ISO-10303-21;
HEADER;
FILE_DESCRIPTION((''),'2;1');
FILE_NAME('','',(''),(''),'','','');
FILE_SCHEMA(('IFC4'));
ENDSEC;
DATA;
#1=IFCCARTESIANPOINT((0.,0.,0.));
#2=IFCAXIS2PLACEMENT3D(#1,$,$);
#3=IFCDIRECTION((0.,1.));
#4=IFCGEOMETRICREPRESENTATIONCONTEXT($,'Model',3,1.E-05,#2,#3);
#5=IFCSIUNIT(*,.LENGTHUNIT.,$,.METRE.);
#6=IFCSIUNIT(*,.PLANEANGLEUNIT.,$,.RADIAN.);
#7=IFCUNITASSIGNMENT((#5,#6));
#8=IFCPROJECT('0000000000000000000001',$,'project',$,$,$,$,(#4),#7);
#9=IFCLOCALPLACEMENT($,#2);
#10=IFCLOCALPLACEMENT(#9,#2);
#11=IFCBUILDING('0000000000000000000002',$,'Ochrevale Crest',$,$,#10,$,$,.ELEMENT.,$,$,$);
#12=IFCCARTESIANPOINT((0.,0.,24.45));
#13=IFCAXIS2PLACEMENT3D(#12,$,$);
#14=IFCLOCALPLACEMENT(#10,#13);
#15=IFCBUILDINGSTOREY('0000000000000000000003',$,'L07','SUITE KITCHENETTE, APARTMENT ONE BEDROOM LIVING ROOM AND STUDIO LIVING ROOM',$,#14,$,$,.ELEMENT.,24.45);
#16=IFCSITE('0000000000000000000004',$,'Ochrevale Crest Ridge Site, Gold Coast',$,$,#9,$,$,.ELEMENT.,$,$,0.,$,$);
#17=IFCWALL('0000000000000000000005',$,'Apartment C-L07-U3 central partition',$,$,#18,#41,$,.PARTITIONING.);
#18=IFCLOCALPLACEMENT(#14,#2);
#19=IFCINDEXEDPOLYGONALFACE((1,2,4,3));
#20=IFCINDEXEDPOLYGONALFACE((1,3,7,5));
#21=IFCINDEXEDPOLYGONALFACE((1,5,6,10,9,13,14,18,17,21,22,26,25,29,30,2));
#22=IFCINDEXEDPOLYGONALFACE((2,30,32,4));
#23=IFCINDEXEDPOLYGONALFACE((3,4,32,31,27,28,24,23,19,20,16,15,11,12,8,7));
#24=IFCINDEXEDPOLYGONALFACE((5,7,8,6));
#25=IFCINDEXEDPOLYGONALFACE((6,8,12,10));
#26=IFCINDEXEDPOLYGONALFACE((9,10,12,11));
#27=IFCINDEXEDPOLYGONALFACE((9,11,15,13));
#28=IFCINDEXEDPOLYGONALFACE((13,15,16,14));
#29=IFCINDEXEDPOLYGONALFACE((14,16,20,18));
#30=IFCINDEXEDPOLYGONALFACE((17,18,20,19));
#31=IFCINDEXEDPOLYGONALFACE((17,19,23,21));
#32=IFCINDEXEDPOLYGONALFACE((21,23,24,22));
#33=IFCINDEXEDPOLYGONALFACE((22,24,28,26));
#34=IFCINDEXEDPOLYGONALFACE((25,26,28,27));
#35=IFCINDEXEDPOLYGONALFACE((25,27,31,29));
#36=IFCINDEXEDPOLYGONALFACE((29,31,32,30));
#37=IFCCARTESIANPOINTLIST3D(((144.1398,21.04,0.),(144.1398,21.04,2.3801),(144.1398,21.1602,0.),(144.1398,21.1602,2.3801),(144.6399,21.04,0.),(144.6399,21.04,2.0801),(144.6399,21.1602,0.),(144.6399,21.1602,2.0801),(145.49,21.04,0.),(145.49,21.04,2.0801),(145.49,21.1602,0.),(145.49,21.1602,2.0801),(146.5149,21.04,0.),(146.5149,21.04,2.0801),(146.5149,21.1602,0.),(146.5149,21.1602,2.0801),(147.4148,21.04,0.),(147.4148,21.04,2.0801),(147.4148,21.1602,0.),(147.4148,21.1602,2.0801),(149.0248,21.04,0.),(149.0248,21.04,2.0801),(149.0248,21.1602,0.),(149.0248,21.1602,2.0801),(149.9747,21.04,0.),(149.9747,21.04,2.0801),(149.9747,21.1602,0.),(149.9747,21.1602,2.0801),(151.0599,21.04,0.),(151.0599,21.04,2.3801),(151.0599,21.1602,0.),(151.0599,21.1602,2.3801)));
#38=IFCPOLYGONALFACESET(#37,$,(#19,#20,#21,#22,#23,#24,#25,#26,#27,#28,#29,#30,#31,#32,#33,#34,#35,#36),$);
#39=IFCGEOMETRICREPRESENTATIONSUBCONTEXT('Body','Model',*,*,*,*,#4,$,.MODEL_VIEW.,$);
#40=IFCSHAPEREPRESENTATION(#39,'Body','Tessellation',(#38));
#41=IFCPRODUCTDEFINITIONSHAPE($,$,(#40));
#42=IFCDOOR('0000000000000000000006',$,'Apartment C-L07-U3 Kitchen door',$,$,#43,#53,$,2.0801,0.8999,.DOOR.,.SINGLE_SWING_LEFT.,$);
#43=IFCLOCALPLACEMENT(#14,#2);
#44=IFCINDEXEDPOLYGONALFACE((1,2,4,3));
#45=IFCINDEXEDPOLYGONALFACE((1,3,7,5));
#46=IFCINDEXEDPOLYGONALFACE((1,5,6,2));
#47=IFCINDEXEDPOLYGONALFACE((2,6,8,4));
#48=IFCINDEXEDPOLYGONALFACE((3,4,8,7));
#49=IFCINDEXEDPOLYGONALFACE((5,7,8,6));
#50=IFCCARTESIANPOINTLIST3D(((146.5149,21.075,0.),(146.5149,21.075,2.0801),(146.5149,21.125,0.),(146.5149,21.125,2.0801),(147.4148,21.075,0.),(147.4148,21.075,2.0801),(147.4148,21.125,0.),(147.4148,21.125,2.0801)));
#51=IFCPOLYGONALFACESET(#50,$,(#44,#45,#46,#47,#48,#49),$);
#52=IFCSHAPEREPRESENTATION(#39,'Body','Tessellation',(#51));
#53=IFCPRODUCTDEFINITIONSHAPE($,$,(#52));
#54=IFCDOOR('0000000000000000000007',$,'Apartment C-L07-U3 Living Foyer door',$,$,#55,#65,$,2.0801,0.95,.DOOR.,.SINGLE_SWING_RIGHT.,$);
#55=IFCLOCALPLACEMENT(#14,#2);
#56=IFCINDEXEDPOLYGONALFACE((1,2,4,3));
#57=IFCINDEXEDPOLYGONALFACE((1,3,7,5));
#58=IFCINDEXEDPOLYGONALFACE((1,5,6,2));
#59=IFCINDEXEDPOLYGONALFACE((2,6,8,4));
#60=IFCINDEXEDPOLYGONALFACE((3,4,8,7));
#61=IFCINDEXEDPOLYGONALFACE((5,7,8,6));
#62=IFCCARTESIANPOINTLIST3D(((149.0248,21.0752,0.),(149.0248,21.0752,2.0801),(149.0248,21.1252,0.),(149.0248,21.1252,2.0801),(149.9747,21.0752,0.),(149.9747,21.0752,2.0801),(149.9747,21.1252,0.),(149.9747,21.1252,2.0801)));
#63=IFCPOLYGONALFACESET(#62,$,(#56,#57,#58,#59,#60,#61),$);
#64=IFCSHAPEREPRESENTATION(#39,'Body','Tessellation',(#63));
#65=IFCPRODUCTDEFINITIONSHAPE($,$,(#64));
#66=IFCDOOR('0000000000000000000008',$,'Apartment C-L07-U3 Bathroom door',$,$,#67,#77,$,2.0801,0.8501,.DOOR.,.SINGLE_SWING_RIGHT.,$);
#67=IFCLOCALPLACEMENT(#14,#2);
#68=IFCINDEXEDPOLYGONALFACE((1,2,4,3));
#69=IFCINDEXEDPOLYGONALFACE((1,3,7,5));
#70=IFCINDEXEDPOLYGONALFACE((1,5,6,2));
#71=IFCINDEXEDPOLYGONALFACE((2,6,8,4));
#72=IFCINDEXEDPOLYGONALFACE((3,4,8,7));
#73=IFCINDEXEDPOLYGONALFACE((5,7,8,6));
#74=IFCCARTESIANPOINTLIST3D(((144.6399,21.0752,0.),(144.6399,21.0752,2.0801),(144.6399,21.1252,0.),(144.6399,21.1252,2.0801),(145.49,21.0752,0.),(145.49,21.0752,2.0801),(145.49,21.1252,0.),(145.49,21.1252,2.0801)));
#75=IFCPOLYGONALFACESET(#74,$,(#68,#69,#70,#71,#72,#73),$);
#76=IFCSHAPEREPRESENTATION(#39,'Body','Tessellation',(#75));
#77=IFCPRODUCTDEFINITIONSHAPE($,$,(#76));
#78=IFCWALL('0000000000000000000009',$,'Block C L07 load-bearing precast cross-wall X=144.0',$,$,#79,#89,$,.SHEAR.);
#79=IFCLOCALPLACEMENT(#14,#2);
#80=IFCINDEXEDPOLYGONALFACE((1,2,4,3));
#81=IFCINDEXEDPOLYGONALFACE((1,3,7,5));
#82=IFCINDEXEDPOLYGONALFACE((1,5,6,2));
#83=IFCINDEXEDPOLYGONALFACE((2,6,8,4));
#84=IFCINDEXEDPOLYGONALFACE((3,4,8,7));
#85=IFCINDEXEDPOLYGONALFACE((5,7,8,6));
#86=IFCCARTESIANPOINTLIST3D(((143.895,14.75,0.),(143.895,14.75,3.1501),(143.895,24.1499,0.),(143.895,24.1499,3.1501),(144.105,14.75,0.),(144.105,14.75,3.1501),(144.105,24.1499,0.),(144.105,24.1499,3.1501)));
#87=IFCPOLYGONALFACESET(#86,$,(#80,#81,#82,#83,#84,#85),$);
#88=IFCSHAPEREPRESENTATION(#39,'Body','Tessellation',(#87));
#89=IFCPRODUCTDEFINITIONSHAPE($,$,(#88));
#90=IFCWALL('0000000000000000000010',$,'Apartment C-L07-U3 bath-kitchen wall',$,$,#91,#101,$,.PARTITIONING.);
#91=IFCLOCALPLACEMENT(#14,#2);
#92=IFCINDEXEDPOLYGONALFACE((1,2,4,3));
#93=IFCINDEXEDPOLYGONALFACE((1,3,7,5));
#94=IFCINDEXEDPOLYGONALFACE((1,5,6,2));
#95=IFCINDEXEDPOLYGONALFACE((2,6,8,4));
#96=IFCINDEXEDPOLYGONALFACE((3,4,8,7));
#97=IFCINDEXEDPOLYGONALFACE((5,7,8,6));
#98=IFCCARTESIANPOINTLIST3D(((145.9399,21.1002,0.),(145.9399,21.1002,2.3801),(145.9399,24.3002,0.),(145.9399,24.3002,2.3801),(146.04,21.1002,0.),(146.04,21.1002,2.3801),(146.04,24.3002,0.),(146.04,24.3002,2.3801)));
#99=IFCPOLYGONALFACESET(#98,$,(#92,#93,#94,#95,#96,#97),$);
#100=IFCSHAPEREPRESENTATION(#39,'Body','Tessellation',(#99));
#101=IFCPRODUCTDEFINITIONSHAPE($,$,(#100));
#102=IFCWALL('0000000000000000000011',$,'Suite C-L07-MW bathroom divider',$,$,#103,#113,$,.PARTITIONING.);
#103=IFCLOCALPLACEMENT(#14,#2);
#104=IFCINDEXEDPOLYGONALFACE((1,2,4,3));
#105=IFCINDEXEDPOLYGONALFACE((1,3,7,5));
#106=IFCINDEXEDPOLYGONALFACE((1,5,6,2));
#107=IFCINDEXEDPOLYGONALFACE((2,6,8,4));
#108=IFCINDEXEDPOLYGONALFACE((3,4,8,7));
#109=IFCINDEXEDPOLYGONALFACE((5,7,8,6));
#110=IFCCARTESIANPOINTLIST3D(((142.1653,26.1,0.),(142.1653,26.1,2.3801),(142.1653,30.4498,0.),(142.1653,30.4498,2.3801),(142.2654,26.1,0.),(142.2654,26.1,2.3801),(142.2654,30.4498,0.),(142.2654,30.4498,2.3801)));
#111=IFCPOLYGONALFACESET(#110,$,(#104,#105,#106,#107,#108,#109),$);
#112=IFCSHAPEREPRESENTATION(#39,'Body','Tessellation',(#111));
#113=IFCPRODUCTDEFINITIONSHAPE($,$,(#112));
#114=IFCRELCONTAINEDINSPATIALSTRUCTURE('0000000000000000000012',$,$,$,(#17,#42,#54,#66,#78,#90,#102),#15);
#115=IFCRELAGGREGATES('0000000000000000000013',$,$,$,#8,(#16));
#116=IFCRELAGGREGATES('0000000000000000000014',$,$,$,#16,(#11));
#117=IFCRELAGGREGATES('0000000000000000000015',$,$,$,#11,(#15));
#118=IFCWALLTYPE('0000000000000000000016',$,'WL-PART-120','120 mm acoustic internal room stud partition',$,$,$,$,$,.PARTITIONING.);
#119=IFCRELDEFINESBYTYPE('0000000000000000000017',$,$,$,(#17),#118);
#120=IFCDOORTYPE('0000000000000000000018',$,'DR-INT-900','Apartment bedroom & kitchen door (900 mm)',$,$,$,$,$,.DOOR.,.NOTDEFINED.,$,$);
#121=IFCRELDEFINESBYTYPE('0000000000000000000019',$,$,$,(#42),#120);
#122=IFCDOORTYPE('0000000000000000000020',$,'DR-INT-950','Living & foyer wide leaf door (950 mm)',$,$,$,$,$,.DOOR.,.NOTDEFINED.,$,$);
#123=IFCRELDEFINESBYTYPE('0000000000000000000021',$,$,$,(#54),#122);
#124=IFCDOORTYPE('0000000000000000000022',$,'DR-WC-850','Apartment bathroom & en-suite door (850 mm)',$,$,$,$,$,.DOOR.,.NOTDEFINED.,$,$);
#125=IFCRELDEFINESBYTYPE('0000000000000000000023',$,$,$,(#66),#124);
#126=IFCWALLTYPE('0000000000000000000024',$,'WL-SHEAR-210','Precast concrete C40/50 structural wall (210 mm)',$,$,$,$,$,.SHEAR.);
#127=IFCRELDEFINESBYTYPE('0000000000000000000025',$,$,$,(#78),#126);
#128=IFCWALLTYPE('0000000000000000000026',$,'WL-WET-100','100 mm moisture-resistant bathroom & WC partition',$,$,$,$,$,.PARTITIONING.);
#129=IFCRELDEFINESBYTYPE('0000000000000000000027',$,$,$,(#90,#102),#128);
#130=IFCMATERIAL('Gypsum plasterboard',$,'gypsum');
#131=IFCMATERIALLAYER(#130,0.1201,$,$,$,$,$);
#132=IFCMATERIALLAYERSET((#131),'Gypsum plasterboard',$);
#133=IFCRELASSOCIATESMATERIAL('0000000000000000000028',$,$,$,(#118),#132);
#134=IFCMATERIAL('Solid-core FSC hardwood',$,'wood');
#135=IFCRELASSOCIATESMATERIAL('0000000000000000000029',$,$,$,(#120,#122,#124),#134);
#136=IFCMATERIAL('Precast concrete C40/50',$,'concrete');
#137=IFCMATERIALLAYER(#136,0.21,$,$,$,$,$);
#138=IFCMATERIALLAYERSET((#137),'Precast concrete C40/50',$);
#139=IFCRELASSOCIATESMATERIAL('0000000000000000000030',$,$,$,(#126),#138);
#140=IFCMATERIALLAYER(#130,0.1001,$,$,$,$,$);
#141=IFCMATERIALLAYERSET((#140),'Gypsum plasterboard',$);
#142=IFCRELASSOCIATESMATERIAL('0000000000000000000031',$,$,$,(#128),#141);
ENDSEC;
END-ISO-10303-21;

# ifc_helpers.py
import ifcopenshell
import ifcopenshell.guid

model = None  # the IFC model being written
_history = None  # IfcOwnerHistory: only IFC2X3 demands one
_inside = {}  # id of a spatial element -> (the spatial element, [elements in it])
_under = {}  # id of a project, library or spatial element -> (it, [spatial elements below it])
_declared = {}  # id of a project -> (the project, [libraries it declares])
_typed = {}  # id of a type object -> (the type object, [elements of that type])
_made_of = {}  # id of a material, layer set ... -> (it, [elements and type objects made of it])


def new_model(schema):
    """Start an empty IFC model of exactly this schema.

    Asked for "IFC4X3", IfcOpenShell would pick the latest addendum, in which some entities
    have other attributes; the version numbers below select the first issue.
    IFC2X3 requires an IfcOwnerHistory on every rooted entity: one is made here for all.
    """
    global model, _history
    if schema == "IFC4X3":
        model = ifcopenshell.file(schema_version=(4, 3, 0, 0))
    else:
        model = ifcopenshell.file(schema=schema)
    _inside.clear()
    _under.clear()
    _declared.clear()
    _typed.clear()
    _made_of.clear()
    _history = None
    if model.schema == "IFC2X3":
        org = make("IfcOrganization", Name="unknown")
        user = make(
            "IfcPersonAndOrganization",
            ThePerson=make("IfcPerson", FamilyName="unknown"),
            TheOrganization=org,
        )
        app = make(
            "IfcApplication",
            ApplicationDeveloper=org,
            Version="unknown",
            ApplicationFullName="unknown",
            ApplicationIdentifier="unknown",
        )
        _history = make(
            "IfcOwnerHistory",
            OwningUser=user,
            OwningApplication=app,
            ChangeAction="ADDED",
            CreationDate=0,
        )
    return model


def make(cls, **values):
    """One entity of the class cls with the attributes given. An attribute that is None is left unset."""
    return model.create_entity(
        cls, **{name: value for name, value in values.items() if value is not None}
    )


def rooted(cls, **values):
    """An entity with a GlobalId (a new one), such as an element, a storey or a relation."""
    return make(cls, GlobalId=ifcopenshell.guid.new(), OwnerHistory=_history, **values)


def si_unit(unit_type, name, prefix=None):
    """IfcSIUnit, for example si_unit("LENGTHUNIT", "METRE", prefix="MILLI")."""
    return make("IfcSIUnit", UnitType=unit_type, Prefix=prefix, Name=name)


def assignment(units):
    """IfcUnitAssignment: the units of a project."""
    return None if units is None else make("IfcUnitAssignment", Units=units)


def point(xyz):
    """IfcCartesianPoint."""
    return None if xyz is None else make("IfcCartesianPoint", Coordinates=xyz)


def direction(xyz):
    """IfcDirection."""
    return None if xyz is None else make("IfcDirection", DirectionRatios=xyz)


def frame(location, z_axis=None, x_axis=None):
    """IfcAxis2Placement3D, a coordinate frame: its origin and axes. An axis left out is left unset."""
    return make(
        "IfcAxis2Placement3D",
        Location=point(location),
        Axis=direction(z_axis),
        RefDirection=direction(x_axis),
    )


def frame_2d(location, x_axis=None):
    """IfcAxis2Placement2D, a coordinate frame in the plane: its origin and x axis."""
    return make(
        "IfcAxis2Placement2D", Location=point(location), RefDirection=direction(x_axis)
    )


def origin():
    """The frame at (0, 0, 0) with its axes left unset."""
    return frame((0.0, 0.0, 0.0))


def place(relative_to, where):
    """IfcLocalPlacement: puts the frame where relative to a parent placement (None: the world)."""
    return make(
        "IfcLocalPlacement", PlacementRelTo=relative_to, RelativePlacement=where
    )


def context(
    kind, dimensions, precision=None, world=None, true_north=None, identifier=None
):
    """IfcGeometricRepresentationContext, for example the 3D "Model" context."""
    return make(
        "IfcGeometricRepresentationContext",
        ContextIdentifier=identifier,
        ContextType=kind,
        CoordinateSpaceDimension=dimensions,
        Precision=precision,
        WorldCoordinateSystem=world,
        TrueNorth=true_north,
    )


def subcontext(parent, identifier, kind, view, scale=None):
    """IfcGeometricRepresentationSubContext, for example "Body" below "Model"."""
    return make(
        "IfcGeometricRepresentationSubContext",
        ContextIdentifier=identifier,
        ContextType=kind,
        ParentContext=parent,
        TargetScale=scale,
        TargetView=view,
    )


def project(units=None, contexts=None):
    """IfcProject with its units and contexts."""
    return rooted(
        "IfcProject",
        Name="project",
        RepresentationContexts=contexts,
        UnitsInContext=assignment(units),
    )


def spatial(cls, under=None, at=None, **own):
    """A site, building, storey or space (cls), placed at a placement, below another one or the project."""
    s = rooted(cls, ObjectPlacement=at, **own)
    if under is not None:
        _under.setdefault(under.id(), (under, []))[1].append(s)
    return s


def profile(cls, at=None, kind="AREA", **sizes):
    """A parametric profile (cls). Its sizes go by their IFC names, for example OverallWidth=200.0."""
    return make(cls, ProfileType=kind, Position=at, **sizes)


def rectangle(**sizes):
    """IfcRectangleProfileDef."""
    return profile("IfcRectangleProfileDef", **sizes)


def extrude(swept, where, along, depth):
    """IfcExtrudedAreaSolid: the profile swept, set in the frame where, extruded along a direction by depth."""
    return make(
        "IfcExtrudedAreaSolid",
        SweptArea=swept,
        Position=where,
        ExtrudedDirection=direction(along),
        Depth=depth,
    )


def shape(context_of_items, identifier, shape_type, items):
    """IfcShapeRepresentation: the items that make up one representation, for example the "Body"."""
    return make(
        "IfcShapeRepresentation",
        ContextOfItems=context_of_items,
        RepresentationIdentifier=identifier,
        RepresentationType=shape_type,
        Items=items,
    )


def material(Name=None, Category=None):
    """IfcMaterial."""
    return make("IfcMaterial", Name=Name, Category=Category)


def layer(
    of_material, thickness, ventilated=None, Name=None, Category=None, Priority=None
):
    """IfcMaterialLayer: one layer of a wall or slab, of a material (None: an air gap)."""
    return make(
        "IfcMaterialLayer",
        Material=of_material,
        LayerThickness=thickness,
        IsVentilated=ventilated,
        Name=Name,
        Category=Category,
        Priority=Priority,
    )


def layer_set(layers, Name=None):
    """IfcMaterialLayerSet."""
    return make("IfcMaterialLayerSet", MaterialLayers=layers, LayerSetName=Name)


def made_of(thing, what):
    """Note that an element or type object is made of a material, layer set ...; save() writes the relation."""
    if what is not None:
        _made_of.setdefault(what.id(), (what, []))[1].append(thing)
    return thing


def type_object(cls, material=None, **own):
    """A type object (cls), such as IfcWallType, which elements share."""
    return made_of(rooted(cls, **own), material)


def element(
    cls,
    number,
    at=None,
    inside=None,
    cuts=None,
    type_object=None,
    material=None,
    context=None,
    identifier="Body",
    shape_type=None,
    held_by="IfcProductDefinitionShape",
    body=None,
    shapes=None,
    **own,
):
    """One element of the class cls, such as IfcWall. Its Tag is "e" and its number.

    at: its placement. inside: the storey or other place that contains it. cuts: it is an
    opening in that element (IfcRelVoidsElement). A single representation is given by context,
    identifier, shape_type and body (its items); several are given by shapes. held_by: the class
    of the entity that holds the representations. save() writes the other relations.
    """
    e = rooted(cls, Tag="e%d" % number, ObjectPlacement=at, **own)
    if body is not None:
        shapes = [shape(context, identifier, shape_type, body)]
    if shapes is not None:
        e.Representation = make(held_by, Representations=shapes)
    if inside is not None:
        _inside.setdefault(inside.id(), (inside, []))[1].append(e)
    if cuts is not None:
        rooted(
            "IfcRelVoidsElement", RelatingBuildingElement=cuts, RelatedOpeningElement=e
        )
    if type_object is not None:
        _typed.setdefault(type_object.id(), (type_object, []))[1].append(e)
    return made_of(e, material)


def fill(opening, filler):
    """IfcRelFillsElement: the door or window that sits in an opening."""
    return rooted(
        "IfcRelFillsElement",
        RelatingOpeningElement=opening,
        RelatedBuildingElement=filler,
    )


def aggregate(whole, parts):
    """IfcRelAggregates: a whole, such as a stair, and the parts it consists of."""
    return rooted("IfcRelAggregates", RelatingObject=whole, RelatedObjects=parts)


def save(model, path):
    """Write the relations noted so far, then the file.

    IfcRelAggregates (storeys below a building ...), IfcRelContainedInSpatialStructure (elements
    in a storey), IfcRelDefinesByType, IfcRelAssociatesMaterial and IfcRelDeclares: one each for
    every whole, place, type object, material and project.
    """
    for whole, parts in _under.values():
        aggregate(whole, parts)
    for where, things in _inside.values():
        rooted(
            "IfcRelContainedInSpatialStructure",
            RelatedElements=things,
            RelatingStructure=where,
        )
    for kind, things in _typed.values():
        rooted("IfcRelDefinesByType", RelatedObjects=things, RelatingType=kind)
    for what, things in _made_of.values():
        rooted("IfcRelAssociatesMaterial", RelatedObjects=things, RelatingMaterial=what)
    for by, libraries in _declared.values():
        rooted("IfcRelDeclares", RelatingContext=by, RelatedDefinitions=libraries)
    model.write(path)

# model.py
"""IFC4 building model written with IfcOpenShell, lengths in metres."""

from ifc_helpers import new_model, si_unit, direction, frame, frame_2d, origin, place, context, subcontext, project, spatial, rectangle, extrude, material, layer, layer_set, type_object, element, fill, save


model = new_model("IFC4")

# Units and contexts
model_context = context("Model", 3, precision=1e-05, world=origin(), true_north=direction((0.0, 1.0)))
body_context = subcontext(model_context, "Body", "Model", "MODEL_VIEW")
ifc_project = project(units=[si_unit("LENGTHUNIT", "METRE"), si_unit("PLANEANGLEUNIT", "RADIAN")], contexts=[model_context])

# Site, building, storey
site_placement = place(None, origin())
site = spatial("IfcSite", under=ifc_project, at=site_placement, Name="Ochrevale Crest Ridge Site, Gold Coast", CompositionType="ELEMENT", RefElevation=0.0)
building_placement = place(site_placement, origin())
building = spatial("IfcBuilding", under=site, at=building_placement, Name="Ochrevale Crest", CompositionType="ELEMENT")
storey_placement = place(building_placement, frame((0.0, 0.0, 24.45)))
storey = spatial("IfcBuildingStorey", under=building, at=storey_placement, Name="L07", Description="SUITE KITCHENETTE, APARTMENT ONE BEDROOM LIVING ROOM AND STUDIO LIVING ROOM", CompositionType="ELEMENT", Elevation=24.45)

# Shared definitions
ifc_material_1 = material(Name="Gypsum plasterboard", Category="gypsum")
ifc_material_2 = material(Name="Solid-core FSC hardwood", Category="wood")

# Shared definitions
ifc_layer_1 = layer(ifc_material_1, 0.1201)
ifc_layer_set_1 = layer_set([ifc_layer_1], Name="Gypsum plasterboard")
wall_type_1 = type_object("IfcWallType", Name="WL-PART-120", Description="120 mm acoustic internal room stud partition", PredefinedType="PARTITIONING", material=ifc_layer_set_1)

# Wall, openings, doors
wall_1_placement = place(storey_placement, frame((144.1399, 21.1001, 0.0), z_axis=(0.0, 0.0, 1.0), x_axis=(1.0, 0.0, 0.0)))
wall_1 = element("IfcWall", 1, at=wall_1_placement, inside=storey, type_object=wall_type_1, Name="Apartment C-L07-U3 central partition", PredefinedType="PARTITIONING", context=body_context, shape_type="SweptSolid", body=[
    extrude(rectangle(XDim=6.9202, YDim=0.1201, at=frame_2d((3.46, 0.0))), origin(), (0.0, 0.0, 1.0), 2.3801),
])
opening_1_placement = place(wall_1_placement, frame((1.3501, 0.0, 0.0), z_axis=(0.0, 0.0, 1.0), x_axis=(-1.0, 0.0, 0.0)))
opening_1 = element("IfcOpeningElement", 2, at=opening_1_placement, cuts=wall_1, PredefinedType="OPENING", context=body_context, shape_type="SweptSolid", body=[
    extrude(rectangle(XDim=0.8501, YDim=2.0801, at=frame_2d((0.425, 1.04))), frame((0.0, 0.0701, 0.0), z_axis=(0.0, -1.0, 0.0), x_axis=(1.0, 0.0, 0.0)), (0.0, 0.0, 1.0), 0.1401),
])
opening_2_placement = place(wall_1_placement, frame((2.375, 0.0, 0.0)))
opening_2 = element("IfcOpeningElement", 3, at=opening_2_placement, cuts=wall_1, PredefinedType="OPENING", context=body_context, shape_type="SweptSolid", body=[
    extrude(rectangle(XDim=0.8999, YDim=2.0801, at=frame_2d((0.45, 1.04))), frame((0.0, 0.0701, 0.0), z_axis=(0.0, -1.0, 0.0), x_axis=(1.0, 0.0, 0.0)), (0.0, 0.0, 1.0), 0.1401),
])
opening_3_placement = place(wall_1_placement, frame((5.835, 0.0, 0.0), z_axis=(0.0, 0.0, 1.0), x_axis=(-1.0, 0.0, 0.0)))
opening_3 = element("IfcOpeningElement", 4, at=opening_3_placement, cuts=wall_1, PredefinedType="OPENING", context=body_context, shape_type="SweptSolid", body=[
    extrude(rectangle(XDim=0.95, YDim=2.0801, at=frame_2d((0.4751, 1.04))), frame((0.0, 0.0701, 0.0), z_axis=(0.0, -1.0, 0.0), x_axis=(1.0, 0.0, 0.0)), (0.0, 0.0, 1.0), 0.1401),
])
door_type_1 = type_object("IfcDoorType", Name="DR-INT-900", Description="Apartment bedroom & kitchen door (900 mm)", OperationType="NOTDEFINED", PredefinedType="DOOR", material=ifc_material_2)
door_1_placement = place(opening_2_placement, origin())
door_1 = element("IfcDoor", 5, at=door_1_placement, inside=storey, type_object=door_type_1, Name="Apartment C-L07-U3 Kitchen door", OperationType="SINGLE_SWING_LEFT", OverallHeight=2.0801, OverallWidth=0.8999, PredefinedType="DOOR", context=body_context, shape_type="SweptSolid", body=[
    extrude(rectangle(XDim=0.8999, YDim=2.0801, at=frame_2d((0.45, 1.04))), frame((0.0, 0.0249, 0.0), z_axis=(0.0, -1.0, 0.0), x_axis=(1.0, 0.0, 0.0)), (0.0, 0.0, 1.0), 0.05),
])
fill(opening_2, door_1)
door_type_2 = type_object("IfcDoorType", Name="DR-INT-950", Description="Living & foyer wide leaf door (950 mm)", OperationType="NOTDEFINED", PredefinedType="DOOR", material=ifc_material_2)
door_2_placement = place(opening_3_placement, origin())
door_2 = element("IfcDoor", 6, at=door_2_placement, inside=storey, type_object=door_type_2, Name="Apartment C-L07-U3 Living Foyer door", OperationType="SINGLE_SWING_RIGHT", OverallHeight=2.0801, OverallWidth=0.95, PredefinedType="DOOR", context=body_context, shape_type="SweptSolid", body=[
    extrude(rectangle(XDim=0.95, YDim=2.0801, at=frame_2d((0.4751, 1.04))), frame((0.0, 0.0249, 0.0), z_axis=(0.0, -1.0, 0.0), x_axis=(1.0, 0.0, 0.0)), (0.0, 0.0, 1.0), 0.05),
])
fill(opening_3, door_2)
door_type_3 = type_object("IfcDoorType", Name="DR-WC-850", Description="Apartment bathroom & en-suite door (850 mm)", OperationType="NOTDEFINED", PredefinedType="DOOR", material=ifc_material_2)
door_3_placement = place(opening_1_placement, origin())
door_3 = element("IfcDoor", 7, at=door_3_placement, inside=storey, type_object=door_type_3, Name="Apartment C-L07-U3 Bathroom door", OperationType="SINGLE_SWING_RIGHT", OverallHeight=2.0801, OverallWidth=0.8501, PredefinedType="DOOR", context=body_context, shape_type="SweptSolid", body=[
    extrude(rectangle(XDim=0.8501, YDim=2.0801, at=frame_2d((0.425, 1.04))), frame((0.0, 0.0249, 0.0), z_axis=(0.0, -1.0, 0.0), x_axis=(1.0, 0.0, 0.0)), (0.0, 0.0, 1.0), 0.05),
])
fill(opening_1, door_3)

# Walls
ifc_material_3 = material(Name="Precast concrete C40/50", Category="concrete")
ifc_layer_2 = layer(ifc_material_3, 0.21)
ifc_layer_set_2 = layer_set([ifc_layer_2], Name="Precast concrete C40/50")
wall_type_2 = type_object("IfcWallType", Name="WL-SHEAR-210", Description="Precast concrete C40/50 structural wall (210 mm)", PredefinedType="SHEAR", material=ifc_layer_set_2)
wall_2_placement = place(storey_placement, frame((144.0, 14.75, 0.0), z_axis=(0.0, 0.0, 1.0), x_axis=(0.0, 1.0, 0.0)))
element("IfcWall", 8, at=wall_2_placement, inside=storey, type_object=wall_type_2, Name="Block C L07 load-bearing precast cross-wall X=144.0", PredefinedType="SHEAR", context=body_context, shape_type="SweptSolid", body=[
    extrude(rectangle(XDim=9.3999, YDim=0.21, at=frame_2d((4.7, 0.0))), origin(), (0.0, 0.0, 1.0), 3.1501),
])
ifc_layer_3 = layer(ifc_material_1, 0.1001)
ifc_layer_set_3 = layer_set([ifc_layer_3], Name="Gypsum plasterboard")
wall_type_3 = type_object("IfcWallType", Name="WL-WET-100", Description="100 mm moisture-resistant bathroom & WC partition", PredefinedType="PARTITIONING", material=ifc_layer_set_3)
wall_3_placement = place(storey_placement, frame((145.99, 21.1001, 0.0), z_axis=(0.0, 0.0, 1.0), x_axis=(0.0, 1.0, 0.0)))
element("IfcWall", 9, at=wall_3_placement, inside=storey, type_object=wall_type_3, Name="Apartment C-L07-U3 bath-kitchen wall", PredefinedType="PARTITIONING", context=body_context, shape_type="SweptSolid", body=[
    extrude(rectangle(XDim=3.2, YDim=0.1001, at=frame_2d((1.6001, 0.0))), origin(), (0.0, 0.0, 1.0), 2.3801),
])
wall_4_placement = place(storey_placement, frame((142.2153, 26.1001, 0.0), z_axis=(0.0, 0.0, 1.0), x_axis=(0.0, 1.0, 0.0)))
element("IfcWall", 10, at=wall_4_placement, inside=storey, type_object=wall_type_3, Name="Suite C-L07-MW bathroom divider", PredefinedType="PARTITIONING", context=body_context, shape_type="SweptSolid", body=[
    extrude(rectangle(XDim=4.3499, YDim=0.1001, at=frame_2d((2.1748, 0.0))), origin(), (0.0, 0.0, 1.0), 2.3801),
])

save(model, "model.ifc")
